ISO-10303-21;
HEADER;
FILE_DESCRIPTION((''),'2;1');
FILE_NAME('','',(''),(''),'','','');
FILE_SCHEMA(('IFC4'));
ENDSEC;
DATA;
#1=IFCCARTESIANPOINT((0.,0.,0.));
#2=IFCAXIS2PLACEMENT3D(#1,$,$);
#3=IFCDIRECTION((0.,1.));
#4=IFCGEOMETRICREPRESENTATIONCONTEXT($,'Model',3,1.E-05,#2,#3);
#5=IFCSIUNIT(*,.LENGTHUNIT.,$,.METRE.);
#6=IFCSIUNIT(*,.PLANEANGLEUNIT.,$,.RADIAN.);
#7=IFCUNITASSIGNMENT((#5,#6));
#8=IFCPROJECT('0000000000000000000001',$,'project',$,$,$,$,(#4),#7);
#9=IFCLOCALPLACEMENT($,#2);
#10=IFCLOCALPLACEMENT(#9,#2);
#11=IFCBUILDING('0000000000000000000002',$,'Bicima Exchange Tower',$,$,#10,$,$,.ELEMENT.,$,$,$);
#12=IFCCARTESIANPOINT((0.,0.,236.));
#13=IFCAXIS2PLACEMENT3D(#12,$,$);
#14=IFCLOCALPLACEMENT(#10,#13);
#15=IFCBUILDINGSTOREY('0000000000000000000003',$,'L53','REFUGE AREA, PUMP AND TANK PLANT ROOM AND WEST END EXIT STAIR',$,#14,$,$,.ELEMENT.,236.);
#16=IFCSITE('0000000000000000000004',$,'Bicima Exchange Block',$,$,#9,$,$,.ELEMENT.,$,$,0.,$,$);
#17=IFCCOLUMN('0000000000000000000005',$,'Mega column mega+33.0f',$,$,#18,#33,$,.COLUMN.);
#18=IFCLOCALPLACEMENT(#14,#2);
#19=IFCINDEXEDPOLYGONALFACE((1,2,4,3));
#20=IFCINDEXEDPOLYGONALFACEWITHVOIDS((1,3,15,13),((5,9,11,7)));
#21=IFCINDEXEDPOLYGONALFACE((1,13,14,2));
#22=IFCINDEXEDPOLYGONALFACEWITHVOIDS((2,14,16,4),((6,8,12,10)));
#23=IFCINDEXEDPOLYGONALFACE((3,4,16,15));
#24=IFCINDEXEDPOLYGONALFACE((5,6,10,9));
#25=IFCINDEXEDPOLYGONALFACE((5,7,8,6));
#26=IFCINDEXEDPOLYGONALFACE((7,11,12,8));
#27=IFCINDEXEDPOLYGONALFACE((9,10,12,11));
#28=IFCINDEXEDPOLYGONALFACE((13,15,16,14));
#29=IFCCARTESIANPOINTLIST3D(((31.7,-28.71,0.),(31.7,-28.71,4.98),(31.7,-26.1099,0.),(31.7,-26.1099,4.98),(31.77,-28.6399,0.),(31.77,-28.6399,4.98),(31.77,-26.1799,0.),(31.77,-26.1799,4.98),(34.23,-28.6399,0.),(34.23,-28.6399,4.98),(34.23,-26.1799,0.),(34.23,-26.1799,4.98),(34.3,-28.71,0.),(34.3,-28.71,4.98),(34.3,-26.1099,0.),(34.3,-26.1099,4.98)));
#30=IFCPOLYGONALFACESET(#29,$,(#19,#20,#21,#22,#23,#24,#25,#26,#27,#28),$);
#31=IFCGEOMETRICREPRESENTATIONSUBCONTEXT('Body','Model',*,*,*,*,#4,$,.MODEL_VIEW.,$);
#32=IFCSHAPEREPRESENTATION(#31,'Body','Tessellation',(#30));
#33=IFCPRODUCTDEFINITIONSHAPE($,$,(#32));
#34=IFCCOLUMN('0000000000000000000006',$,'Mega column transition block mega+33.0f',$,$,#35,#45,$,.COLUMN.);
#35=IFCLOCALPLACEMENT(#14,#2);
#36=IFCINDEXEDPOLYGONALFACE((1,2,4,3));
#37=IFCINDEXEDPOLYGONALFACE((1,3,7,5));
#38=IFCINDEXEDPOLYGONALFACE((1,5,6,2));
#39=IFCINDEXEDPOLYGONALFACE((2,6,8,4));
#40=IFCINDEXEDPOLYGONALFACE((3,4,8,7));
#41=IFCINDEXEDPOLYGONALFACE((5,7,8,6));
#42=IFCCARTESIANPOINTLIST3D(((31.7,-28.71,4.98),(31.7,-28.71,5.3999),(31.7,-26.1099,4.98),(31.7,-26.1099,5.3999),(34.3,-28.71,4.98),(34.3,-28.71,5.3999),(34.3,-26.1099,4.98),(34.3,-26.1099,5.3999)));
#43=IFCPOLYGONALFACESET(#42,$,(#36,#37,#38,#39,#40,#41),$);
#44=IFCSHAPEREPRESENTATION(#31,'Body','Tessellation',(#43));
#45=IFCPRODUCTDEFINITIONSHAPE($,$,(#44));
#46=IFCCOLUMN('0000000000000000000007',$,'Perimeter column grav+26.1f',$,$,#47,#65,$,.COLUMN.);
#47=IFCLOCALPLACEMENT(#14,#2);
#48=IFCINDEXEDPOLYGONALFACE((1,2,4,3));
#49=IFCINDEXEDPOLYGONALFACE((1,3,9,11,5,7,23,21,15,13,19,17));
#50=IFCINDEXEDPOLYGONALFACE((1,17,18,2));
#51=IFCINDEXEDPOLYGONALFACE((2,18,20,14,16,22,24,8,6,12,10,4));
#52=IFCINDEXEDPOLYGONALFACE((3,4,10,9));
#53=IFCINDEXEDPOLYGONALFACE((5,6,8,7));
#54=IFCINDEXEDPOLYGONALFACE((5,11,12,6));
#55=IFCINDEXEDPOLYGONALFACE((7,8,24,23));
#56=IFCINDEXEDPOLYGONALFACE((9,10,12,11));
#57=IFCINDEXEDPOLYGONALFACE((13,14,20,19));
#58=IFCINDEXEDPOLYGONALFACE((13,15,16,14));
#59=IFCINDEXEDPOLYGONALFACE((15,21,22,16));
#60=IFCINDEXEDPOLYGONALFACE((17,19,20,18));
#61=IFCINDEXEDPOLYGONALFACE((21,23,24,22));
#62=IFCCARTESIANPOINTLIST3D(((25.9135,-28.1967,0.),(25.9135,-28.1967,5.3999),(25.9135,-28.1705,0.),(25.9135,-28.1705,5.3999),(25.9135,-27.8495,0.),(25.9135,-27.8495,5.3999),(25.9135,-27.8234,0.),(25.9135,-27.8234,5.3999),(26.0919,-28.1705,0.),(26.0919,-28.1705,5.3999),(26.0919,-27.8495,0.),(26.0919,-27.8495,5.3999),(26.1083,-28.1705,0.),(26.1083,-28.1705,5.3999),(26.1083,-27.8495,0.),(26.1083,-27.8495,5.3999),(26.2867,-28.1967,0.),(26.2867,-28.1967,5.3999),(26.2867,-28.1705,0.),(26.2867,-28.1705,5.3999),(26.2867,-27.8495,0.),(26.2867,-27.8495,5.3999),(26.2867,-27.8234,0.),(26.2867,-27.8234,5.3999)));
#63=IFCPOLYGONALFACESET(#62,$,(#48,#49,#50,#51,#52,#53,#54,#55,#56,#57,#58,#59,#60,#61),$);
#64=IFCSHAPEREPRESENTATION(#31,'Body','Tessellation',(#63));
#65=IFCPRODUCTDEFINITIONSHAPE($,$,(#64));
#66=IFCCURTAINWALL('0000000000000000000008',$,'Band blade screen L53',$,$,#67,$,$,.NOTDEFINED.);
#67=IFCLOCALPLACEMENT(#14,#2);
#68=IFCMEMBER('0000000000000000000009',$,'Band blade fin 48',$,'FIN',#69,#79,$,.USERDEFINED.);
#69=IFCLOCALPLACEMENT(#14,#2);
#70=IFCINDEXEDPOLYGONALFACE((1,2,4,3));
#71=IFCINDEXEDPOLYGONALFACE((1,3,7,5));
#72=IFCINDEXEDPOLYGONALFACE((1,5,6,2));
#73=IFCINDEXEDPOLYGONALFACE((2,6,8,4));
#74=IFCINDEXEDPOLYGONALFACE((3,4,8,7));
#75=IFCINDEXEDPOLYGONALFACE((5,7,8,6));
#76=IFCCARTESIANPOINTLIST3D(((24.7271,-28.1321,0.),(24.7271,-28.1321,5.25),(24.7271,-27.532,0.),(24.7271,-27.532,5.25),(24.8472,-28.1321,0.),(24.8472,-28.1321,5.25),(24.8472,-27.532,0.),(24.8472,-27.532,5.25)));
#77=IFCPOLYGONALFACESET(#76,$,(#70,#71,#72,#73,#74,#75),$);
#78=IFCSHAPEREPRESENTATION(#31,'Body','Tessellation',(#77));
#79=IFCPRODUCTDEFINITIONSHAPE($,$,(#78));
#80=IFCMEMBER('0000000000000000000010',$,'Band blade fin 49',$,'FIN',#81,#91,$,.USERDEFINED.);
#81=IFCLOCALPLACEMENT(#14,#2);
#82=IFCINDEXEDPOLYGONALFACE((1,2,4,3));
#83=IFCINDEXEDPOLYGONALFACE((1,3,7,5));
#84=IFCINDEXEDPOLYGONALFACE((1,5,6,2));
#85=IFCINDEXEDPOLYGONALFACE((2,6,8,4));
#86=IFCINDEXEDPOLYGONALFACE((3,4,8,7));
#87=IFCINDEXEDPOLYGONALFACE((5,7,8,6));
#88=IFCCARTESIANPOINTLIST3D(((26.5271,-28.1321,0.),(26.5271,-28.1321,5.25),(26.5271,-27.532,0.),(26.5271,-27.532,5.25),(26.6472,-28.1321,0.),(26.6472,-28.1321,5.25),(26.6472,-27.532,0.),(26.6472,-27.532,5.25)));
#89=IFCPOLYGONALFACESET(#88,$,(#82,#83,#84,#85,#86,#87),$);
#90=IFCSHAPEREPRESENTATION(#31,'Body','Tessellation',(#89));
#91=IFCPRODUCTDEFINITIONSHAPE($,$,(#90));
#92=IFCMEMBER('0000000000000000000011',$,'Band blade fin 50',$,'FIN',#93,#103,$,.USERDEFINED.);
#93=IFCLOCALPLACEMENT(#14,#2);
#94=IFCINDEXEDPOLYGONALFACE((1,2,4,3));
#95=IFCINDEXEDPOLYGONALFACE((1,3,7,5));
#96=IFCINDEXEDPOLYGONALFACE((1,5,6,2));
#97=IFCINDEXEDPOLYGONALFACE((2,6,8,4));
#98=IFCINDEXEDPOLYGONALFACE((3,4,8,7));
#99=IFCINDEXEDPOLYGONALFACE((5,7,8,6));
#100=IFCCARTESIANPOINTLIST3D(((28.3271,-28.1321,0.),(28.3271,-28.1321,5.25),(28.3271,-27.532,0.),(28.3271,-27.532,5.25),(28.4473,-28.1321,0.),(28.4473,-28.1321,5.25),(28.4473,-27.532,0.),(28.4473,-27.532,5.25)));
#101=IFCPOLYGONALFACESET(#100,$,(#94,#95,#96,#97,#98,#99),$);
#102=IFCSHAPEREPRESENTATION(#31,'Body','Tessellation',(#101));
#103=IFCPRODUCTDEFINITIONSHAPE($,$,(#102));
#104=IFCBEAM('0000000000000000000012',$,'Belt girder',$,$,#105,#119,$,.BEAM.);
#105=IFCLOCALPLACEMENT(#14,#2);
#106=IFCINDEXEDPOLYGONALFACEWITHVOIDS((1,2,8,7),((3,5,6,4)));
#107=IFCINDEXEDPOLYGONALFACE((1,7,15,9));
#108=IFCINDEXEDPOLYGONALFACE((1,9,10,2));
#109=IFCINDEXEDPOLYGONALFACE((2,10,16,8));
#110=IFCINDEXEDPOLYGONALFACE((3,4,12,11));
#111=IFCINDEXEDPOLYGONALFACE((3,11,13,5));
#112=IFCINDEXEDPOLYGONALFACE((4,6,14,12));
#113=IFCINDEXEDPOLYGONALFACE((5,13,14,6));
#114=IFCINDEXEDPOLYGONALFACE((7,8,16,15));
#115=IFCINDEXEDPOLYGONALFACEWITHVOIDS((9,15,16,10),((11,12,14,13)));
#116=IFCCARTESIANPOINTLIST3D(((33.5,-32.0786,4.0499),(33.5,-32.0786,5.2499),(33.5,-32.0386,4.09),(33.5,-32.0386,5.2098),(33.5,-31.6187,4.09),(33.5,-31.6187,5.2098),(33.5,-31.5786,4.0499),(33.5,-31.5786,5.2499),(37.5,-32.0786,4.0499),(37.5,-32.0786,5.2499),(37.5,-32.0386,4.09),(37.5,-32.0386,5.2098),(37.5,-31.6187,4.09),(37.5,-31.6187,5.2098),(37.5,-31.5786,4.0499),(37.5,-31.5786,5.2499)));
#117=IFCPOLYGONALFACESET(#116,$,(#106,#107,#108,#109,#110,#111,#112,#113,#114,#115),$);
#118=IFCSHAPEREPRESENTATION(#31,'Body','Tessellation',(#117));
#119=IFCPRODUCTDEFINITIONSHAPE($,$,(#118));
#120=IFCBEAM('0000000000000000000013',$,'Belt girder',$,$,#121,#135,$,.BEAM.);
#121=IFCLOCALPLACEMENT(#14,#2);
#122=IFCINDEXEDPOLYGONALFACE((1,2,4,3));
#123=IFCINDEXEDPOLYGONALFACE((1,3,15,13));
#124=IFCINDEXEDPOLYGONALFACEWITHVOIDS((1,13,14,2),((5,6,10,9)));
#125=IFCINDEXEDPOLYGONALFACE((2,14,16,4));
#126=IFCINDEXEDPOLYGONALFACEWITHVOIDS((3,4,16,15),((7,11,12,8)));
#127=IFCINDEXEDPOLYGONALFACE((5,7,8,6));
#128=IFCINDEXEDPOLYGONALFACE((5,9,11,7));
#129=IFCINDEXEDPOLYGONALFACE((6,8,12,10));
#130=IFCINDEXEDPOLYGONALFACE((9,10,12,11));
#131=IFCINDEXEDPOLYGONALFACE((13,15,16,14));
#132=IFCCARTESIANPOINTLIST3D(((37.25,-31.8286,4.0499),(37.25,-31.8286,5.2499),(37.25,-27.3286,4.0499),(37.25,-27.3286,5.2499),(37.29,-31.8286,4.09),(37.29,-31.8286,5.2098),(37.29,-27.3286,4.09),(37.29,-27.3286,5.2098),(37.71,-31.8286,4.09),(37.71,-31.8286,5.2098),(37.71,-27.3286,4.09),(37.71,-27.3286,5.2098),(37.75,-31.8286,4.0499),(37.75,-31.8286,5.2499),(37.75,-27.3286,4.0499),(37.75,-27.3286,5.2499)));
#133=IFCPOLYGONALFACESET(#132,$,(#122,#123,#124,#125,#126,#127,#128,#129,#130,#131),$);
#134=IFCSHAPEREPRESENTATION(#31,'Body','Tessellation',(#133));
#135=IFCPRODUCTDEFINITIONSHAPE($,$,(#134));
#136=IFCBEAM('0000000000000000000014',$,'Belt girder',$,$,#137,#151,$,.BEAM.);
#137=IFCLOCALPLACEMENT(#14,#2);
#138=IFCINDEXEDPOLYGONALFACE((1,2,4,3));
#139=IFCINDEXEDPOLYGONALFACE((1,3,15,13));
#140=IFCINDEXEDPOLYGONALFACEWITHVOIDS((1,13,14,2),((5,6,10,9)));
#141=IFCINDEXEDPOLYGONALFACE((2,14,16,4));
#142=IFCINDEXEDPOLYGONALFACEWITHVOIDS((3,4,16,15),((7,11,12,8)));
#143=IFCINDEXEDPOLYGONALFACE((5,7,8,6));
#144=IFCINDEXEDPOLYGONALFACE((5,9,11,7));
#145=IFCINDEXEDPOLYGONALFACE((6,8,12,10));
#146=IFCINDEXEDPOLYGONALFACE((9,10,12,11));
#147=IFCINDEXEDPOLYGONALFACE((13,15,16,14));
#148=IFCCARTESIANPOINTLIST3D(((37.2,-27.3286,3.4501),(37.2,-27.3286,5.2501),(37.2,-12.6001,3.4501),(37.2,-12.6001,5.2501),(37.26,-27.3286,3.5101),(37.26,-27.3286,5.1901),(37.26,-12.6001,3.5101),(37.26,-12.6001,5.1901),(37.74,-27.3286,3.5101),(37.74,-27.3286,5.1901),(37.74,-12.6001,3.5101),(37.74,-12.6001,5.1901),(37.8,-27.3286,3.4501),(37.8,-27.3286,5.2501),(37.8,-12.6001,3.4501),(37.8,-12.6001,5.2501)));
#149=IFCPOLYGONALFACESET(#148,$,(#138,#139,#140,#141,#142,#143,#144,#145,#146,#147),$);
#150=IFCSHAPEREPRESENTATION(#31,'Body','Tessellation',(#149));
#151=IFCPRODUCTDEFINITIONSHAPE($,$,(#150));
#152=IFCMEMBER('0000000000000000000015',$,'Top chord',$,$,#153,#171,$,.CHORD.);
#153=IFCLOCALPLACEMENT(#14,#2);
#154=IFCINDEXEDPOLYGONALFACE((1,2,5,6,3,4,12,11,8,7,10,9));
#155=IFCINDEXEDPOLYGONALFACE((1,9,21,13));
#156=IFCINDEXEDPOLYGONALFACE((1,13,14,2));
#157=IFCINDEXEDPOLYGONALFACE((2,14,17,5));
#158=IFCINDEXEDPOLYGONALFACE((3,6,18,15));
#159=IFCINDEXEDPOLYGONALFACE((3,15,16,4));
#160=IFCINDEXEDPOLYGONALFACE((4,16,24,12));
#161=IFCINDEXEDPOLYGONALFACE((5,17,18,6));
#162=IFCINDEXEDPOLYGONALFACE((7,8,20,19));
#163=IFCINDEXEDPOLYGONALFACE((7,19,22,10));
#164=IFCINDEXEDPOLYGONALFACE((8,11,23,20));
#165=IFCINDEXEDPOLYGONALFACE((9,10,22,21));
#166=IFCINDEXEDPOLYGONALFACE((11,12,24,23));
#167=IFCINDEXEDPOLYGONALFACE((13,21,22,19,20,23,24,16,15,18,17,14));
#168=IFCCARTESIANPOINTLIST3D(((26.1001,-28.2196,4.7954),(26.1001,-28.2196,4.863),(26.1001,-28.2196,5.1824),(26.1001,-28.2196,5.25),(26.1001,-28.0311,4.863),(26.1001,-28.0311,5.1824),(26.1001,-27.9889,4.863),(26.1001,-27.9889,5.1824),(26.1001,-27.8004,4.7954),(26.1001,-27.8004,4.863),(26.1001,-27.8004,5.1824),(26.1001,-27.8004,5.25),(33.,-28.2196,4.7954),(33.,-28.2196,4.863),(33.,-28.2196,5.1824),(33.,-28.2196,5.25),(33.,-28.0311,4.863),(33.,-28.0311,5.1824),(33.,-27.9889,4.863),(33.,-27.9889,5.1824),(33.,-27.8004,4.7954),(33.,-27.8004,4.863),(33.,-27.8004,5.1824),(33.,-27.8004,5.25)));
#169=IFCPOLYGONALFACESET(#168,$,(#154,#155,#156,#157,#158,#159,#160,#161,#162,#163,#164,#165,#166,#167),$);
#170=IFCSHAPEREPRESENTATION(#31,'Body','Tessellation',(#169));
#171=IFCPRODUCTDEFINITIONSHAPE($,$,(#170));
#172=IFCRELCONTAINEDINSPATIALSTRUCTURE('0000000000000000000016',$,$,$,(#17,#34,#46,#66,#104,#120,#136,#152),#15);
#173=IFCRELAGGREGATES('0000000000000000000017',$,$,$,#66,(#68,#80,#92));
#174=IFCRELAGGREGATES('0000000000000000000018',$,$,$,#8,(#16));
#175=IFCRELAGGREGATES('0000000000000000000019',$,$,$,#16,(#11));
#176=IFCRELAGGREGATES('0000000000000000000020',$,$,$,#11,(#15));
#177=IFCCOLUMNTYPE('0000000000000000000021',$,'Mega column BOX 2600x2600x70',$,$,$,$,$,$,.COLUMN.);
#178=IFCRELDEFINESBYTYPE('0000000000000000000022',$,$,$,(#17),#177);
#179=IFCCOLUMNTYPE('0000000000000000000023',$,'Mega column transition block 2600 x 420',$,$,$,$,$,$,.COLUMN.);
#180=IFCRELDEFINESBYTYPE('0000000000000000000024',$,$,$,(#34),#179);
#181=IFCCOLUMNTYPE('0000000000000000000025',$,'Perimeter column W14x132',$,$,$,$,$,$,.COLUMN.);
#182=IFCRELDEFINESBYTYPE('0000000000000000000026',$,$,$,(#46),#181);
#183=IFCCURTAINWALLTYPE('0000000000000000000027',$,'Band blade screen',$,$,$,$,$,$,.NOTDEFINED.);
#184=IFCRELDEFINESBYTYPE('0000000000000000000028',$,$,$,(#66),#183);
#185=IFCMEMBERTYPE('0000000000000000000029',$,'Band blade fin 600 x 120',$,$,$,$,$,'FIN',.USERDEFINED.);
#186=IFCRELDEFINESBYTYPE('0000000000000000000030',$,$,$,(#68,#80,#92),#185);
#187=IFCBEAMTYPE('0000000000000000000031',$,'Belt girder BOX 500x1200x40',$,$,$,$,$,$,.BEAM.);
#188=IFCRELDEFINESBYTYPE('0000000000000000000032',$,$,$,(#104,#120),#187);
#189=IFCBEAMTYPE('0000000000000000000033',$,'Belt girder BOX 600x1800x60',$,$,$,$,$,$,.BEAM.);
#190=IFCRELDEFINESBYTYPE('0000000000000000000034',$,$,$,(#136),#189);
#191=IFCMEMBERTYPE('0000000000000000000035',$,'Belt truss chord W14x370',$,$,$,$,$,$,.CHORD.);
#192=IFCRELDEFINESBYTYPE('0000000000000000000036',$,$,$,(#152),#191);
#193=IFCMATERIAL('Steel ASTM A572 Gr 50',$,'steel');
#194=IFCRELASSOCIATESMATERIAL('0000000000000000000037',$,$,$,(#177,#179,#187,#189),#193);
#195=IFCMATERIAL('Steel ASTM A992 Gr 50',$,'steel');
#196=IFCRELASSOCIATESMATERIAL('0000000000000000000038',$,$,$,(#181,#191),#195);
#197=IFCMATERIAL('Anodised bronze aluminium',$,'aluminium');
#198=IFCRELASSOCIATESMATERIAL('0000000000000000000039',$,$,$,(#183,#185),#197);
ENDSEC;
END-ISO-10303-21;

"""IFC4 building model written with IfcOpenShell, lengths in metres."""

from ifc_helpers import new_model, si_unit, direction, frame, origin, origin_2d, place, context, subcontext, project, spatial, rectangle, hollow_rectangle, i_section, extrude, material, material_profile, profile_set, type_object, element, aggregate, save


model = new_model("IFC4")

# Units and contexts
model_context = context("Model", 3, precision=1e-05, world=origin(), true_north=direction((0.0, 1.0)))
body_context = subcontext(model_context, "Body", "Model", "MODEL_VIEW")
ifc_project = project(units=[si_unit("LENGTHUNIT", "METRE"), si_unit("PLANEANGLEUNIT", "RADIAN")], contexts=[model_context])

# Site, building, storey
site_placement = place(None, origin())
site = spatial("IfcSite", under=ifc_project, at=site_placement, Name="Bicima Exchange Block", CompositionType="ELEMENT", RefElevation=0.0)
building_placement = place(site_placement, origin())
building = spatial("IfcBuilding", under=site, at=building_placement, Name="Bicima Exchange Tower", CompositionType="ELEMENT")
storey_placement = place(building_placement, frame((0.0, 0.0, 236.0)))
storey = spatial("IfcBuildingStorey", under=building, at=storey_placement, Name="L53", Description="REFUGE AREA, PUMP AND TANK PLANT ROOM AND WEST END EXIT STAIR", CompositionType="ELEMENT", Elevation=236.0)

# Columns
ifc_material_1 = material(Name="Steel ASTM A572 Gr 50", Category="steel")
ifc_material_profile_1 = material_profile(ifc_material_1, hollow_rectangle(XDim=2.6001, YDim=2.6001, WallThickness=0.0701, at=origin_2d()))
ifc_profile_set_1 = profile_set([ifc_material_profile_1], Name="Steel ASTM A572 Gr 50")
column_type_1 = type_object("IfcColumnType", Name="Mega column BOX 2600x2600x70", PredefinedType="COLUMN", material=ifc_profile_set_1)
column_1_placement = place(storey_placement, frame((33.0, -27.4099, 0.0), z_axis=(0.0, 0.0, 1.0), x_axis=(1.0, 0.0, 0.0)))
element("IfcColumn", 1, at=column_1_placement, inside=storey, type_object=column_type_1, Name="Mega column mega+33.0f", PredefinedType="COLUMN", context=body_context, shape_type="SweptSolid", body=[
    extrude(hollow_rectangle(XDim=2.6001, YDim=2.6001, WallThickness=0.0701, at=origin_2d()), origin(), (0.0, 0.0, 1.0), 4.98),
])
ifc_material_profile_2 = material_profile(ifc_material_1, rectangle(XDim=2.6001, YDim=2.6001, at=origin_2d()))
ifc_profile_set_2 = profile_set([ifc_material_profile_2], Name="Steel ASTM A572 Gr 50")
column_type_2 = type_object("IfcColumnType", Name="Mega column transition block 2600 x 420", PredefinedType="COLUMN", material=ifc_profile_set_2)
column_2_placement = place(storey_placement, frame((33.0, -27.4099, 4.98), z_axis=(0.0, 0.0, 1.0), x_axis=(1.0, 0.0, 0.0)))
element("IfcColumn", 2, at=column_2_placement, inside=storey, type_object=column_type_2, Name="Mega column transition block mega+33.0f", PredefinedType="COLUMN", context=body_context, shape_type="SweptSolid", body=[
    extrude(rectangle(XDim=2.6001, YDim=2.6001, at=origin_2d()), origin(), (0.0, 0.0, 1.0), 0.4199),
])
ifc_material_2 = material(Name="Steel ASTM A992 Gr 50", Category="steel")
ifc_material_profile_3 = material_profile(ifc_material_2, i_section(OverallWidth=0.3733, OverallDepth=0.3733, WebThickness=0.0164, FlangeThickness=0.0261, at=origin_2d()))
ifc_profile_set_3 = profile_set([ifc_material_profile_3], Name="Steel ASTM A992 Gr 50")
column_type_3 = type_object("IfcColumnType", Name="Perimeter column W14x132", PredefinedType="COLUMN", material=ifc_profile_set_3)
column_3_placement = place(storey_placement, frame((26.1001, -28.01, 0.0), z_axis=(0.0, 0.0, 1.0), x_axis=(1.0, 0.0, 0.0)))
element("IfcColumn", 3, at=column_3_placement, inside=storey, type_object=column_type_3, Name="Perimeter column grav+26.1f", PredefinedType="COLUMN", context=body_context, shape_type="SweptSolid", body=[
    extrude(i_section(OverallWidth=0.3733, OverallDepth=0.3733, WebThickness=0.0164, FlangeThickness=0.0261, at=origin_2d()), origin(), (0.0, 0.0, 1.0), 5.3999),
])

# Curtain wall, members
ifc_material_3 = material(Name="Anodised bronze aluminium", Category="aluminium")
curtain_wall_type = type_object("IfcCurtainWallType", Name="Band blade screen", PredefinedType="NOTDEFINED", material=ifc_material_3)
curtain_wall_placement = place(storey_placement, origin())
curtain_wall = element("IfcCurtainWall", 4, at=curtain_wall_placement, inside=storey, type_object=curtain_wall_type, Name="Band blade screen L53", PredefinedType="NOTDEFINED")
ifc_material_profile_4 = material_profile(ifc_material_3, rectangle(XDim=0.6001, YDim=0.1201, at=origin_2d()))
ifc_profile_set_4 = profile_set([ifc_material_profile_4], Name="Anodised bronze aluminium")
member_type_1 = type_object("IfcMemberType", Name="Band blade fin 600 x 120", ElementType="FIN", PredefinedType="USERDEFINED", material=ifc_profile_set_4)
member_1_placement = place(storey_placement, frame((24.7871, -27.832, 0.0), z_axis=(0.0, 0.0, 1.0), x_axis=(0.0, 1.0, 0.0)))
member_1 = element("IfcMember", 5, at=member_1_placement, type_object=member_type_1, Name="Band blade fin 48", ObjectType="FIN", PredefinedType="USERDEFINED", context=body_context, shape_type="SweptSolid", body=[
    extrude(rectangle(XDim=0.6001, YDim=0.1201, at=origin_2d()), origin(), (0.0, 0.0, 1.0), 5.25),
])
member_2_placement = place(storey_placement, frame((26.5872, -27.832, 0.0), z_axis=(0.0, 0.0, 1.0), x_axis=(0.0, 1.0, 0.0)))
member_2 = element("IfcMember", 6, at=member_2_placement, type_object=member_type_1, Name="Band blade fin 49", ObjectType="FIN", PredefinedType="USERDEFINED", context=body_context, shape_type="SweptSolid", body=[
    extrude(rectangle(XDim=0.6001, YDim=0.1201, at=origin_2d()), origin(), (0.0, 0.0, 1.0), 5.25),
])
member_3_placement = place(storey_placement, frame((28.3872, -27.832, 0.0), z_axis=(0.0, 0.0, 1.0), x_axis=(0.0, 1.0, 0.0)))
member_3 = element("IfcMember", 7, at=member_3_placement, type_object=member_type_1, Name="Band blade fin 50", ObjectType="FIN", PredefinedType="USERDEFINED", context=body_context, shape_type="SweptSolid", body=[
    extrude(rectangle(XDim=0.6001, YDim=0.1201, at=origin_2d()), origin(), (0.0, 0.0, 1.0), 5.25),
])
aggregate(curtain_wall, [member_1, member_2, member_3])

# Beams
ifc_material_profile_5 = material_profile(ifc_material_1, hollow_rectangle(XDim=0.5, YDim=1.2, WallThickness=0.04, at=origin_2d()))
ifc_profile_set_5 = profile_set([ifc_material_profile_5], Name="Steel ASTM A572 Gr 50")
beam_type_1 = type_object("IfcBeamType", Name="Belt girder BOX 500x1200x40", PredefinedType="BEAM", material=ifc_profile_set_5)
beam_1_placement = place(storey_placement, frame((33.5, -31.8286, 4.6499), z_axis=(1.0, 0.0, 0.0), x_axis=(0.0, 1.0, 0.0)))
element("IfcBeam", 8, at=beam_1_placement, inside=storey, type_object=beam_type_1, Name="Belt girder", PredefinedType="BEAM", context=body_context, shape_type="SweptSolid", body=[
    extrude(hollow_rectangle(XDim=0.5, YDim=1.2, WallThickness=0.04, at=origin_2d()), origin(), (0.0, 0.0, 1.0), 4.0),
])
beam_2_placement = place(storey_placement, frame((37.5, -31.8286, 4.6499), z_axis=(0.0, 1.0, 0.0), x_axis=(-1.0, 0.0, 0.0)))
element("IfcBeam", 9, at=beam_2_placement, inside=storey, type_object=beam_type_1, Name="Belt girder", PredefinedType="BEAM", context=body_context, shape_type="SweptSolid", body=[
    extrude(hollow_rectangle(XDim=0.5, YDim=1.2, WallThickness=0.04, at=origin_2d()), origin(), (0.0, 0.0, 1.0), 4.5),
])
ifc_material_profile_6 = material_profile(ifc_material_1, hollow_rectangle(XDim=0.6001, YDim=1.8, WallThickness=0.0601, at=origin_2d()))
ifc_profile_set_6 = profile_set([ifc_material_profile_6], Name="Steel ASTM A572 Gr 50")
beam_type_2 = type_object("IfcBeamType", Name="Belt girder BOX 600x1800x60", PredefinedType="BEAM", material=ifc_profile_set_6)
beam_3_placement = place(storey_placement, frame((37.5, -27.3286, 4.3501), z_axis=(0.0, 1.0, 0.0), x_axis=(-1.0, 0.0, 0.0)))
element("IfcBeam", 10, at=beam_3_placement, inside=storey, type_object=beam_type_2, Name="Belt girder", PredefinedType="BEAM", context=body_context, shape_type="SweptSolid", body=[
    extrude(hollow_rectangle(XDim=0.6001, YDim=1.8, WallThickness=0.0601, at=origin_2d()), origin(), (0.0, 0.0, 1.0), 14.7285),
])

# Member
ifc_material_profile_7 = material_profile(ifc_material_2, i_section(OverallWidth=0.4192, OverallDepth=0.4546, WebThickness=0.0422, FlangeThickness=0.0676, at=origin_2d()))
ifc_profile_set_7 = profile_set([ifc_material_profile_7], Name="Steel ASTM A992 Gr 50")
member_type_2 = type_object("IfcMemberType", Name="Belt truss chord W14x370", PredefinedType="CHORD", material=ifc_profile_set_7)
for number, where, z_axis, x_axis, name in (
    (11, (26.1001, -28.01, 5.0227), (1.0, 0.0, 0.0), (0.0, 1.0, 0.0), "Top chord"),
):
    element("IfcMember", number, at=place(storey_placement, frame(where, z_axis=z_axis, x_axis=x_axis)), inside=storey, type_object=member_type_2, Name=name, PredefinedType="CHORD", context=body_context, shape_type="SweptSolid", body=[
        extrude(i_section(OverallWidth=0.4192, OverallDepth=0.4546, WebThickness=0.0422, FlangeThickness=0.0676, at=origin_2d()), origin(), (0.0, 0.0, 1.0), 6.8999),
    ])

save(model, "model.ifc")
